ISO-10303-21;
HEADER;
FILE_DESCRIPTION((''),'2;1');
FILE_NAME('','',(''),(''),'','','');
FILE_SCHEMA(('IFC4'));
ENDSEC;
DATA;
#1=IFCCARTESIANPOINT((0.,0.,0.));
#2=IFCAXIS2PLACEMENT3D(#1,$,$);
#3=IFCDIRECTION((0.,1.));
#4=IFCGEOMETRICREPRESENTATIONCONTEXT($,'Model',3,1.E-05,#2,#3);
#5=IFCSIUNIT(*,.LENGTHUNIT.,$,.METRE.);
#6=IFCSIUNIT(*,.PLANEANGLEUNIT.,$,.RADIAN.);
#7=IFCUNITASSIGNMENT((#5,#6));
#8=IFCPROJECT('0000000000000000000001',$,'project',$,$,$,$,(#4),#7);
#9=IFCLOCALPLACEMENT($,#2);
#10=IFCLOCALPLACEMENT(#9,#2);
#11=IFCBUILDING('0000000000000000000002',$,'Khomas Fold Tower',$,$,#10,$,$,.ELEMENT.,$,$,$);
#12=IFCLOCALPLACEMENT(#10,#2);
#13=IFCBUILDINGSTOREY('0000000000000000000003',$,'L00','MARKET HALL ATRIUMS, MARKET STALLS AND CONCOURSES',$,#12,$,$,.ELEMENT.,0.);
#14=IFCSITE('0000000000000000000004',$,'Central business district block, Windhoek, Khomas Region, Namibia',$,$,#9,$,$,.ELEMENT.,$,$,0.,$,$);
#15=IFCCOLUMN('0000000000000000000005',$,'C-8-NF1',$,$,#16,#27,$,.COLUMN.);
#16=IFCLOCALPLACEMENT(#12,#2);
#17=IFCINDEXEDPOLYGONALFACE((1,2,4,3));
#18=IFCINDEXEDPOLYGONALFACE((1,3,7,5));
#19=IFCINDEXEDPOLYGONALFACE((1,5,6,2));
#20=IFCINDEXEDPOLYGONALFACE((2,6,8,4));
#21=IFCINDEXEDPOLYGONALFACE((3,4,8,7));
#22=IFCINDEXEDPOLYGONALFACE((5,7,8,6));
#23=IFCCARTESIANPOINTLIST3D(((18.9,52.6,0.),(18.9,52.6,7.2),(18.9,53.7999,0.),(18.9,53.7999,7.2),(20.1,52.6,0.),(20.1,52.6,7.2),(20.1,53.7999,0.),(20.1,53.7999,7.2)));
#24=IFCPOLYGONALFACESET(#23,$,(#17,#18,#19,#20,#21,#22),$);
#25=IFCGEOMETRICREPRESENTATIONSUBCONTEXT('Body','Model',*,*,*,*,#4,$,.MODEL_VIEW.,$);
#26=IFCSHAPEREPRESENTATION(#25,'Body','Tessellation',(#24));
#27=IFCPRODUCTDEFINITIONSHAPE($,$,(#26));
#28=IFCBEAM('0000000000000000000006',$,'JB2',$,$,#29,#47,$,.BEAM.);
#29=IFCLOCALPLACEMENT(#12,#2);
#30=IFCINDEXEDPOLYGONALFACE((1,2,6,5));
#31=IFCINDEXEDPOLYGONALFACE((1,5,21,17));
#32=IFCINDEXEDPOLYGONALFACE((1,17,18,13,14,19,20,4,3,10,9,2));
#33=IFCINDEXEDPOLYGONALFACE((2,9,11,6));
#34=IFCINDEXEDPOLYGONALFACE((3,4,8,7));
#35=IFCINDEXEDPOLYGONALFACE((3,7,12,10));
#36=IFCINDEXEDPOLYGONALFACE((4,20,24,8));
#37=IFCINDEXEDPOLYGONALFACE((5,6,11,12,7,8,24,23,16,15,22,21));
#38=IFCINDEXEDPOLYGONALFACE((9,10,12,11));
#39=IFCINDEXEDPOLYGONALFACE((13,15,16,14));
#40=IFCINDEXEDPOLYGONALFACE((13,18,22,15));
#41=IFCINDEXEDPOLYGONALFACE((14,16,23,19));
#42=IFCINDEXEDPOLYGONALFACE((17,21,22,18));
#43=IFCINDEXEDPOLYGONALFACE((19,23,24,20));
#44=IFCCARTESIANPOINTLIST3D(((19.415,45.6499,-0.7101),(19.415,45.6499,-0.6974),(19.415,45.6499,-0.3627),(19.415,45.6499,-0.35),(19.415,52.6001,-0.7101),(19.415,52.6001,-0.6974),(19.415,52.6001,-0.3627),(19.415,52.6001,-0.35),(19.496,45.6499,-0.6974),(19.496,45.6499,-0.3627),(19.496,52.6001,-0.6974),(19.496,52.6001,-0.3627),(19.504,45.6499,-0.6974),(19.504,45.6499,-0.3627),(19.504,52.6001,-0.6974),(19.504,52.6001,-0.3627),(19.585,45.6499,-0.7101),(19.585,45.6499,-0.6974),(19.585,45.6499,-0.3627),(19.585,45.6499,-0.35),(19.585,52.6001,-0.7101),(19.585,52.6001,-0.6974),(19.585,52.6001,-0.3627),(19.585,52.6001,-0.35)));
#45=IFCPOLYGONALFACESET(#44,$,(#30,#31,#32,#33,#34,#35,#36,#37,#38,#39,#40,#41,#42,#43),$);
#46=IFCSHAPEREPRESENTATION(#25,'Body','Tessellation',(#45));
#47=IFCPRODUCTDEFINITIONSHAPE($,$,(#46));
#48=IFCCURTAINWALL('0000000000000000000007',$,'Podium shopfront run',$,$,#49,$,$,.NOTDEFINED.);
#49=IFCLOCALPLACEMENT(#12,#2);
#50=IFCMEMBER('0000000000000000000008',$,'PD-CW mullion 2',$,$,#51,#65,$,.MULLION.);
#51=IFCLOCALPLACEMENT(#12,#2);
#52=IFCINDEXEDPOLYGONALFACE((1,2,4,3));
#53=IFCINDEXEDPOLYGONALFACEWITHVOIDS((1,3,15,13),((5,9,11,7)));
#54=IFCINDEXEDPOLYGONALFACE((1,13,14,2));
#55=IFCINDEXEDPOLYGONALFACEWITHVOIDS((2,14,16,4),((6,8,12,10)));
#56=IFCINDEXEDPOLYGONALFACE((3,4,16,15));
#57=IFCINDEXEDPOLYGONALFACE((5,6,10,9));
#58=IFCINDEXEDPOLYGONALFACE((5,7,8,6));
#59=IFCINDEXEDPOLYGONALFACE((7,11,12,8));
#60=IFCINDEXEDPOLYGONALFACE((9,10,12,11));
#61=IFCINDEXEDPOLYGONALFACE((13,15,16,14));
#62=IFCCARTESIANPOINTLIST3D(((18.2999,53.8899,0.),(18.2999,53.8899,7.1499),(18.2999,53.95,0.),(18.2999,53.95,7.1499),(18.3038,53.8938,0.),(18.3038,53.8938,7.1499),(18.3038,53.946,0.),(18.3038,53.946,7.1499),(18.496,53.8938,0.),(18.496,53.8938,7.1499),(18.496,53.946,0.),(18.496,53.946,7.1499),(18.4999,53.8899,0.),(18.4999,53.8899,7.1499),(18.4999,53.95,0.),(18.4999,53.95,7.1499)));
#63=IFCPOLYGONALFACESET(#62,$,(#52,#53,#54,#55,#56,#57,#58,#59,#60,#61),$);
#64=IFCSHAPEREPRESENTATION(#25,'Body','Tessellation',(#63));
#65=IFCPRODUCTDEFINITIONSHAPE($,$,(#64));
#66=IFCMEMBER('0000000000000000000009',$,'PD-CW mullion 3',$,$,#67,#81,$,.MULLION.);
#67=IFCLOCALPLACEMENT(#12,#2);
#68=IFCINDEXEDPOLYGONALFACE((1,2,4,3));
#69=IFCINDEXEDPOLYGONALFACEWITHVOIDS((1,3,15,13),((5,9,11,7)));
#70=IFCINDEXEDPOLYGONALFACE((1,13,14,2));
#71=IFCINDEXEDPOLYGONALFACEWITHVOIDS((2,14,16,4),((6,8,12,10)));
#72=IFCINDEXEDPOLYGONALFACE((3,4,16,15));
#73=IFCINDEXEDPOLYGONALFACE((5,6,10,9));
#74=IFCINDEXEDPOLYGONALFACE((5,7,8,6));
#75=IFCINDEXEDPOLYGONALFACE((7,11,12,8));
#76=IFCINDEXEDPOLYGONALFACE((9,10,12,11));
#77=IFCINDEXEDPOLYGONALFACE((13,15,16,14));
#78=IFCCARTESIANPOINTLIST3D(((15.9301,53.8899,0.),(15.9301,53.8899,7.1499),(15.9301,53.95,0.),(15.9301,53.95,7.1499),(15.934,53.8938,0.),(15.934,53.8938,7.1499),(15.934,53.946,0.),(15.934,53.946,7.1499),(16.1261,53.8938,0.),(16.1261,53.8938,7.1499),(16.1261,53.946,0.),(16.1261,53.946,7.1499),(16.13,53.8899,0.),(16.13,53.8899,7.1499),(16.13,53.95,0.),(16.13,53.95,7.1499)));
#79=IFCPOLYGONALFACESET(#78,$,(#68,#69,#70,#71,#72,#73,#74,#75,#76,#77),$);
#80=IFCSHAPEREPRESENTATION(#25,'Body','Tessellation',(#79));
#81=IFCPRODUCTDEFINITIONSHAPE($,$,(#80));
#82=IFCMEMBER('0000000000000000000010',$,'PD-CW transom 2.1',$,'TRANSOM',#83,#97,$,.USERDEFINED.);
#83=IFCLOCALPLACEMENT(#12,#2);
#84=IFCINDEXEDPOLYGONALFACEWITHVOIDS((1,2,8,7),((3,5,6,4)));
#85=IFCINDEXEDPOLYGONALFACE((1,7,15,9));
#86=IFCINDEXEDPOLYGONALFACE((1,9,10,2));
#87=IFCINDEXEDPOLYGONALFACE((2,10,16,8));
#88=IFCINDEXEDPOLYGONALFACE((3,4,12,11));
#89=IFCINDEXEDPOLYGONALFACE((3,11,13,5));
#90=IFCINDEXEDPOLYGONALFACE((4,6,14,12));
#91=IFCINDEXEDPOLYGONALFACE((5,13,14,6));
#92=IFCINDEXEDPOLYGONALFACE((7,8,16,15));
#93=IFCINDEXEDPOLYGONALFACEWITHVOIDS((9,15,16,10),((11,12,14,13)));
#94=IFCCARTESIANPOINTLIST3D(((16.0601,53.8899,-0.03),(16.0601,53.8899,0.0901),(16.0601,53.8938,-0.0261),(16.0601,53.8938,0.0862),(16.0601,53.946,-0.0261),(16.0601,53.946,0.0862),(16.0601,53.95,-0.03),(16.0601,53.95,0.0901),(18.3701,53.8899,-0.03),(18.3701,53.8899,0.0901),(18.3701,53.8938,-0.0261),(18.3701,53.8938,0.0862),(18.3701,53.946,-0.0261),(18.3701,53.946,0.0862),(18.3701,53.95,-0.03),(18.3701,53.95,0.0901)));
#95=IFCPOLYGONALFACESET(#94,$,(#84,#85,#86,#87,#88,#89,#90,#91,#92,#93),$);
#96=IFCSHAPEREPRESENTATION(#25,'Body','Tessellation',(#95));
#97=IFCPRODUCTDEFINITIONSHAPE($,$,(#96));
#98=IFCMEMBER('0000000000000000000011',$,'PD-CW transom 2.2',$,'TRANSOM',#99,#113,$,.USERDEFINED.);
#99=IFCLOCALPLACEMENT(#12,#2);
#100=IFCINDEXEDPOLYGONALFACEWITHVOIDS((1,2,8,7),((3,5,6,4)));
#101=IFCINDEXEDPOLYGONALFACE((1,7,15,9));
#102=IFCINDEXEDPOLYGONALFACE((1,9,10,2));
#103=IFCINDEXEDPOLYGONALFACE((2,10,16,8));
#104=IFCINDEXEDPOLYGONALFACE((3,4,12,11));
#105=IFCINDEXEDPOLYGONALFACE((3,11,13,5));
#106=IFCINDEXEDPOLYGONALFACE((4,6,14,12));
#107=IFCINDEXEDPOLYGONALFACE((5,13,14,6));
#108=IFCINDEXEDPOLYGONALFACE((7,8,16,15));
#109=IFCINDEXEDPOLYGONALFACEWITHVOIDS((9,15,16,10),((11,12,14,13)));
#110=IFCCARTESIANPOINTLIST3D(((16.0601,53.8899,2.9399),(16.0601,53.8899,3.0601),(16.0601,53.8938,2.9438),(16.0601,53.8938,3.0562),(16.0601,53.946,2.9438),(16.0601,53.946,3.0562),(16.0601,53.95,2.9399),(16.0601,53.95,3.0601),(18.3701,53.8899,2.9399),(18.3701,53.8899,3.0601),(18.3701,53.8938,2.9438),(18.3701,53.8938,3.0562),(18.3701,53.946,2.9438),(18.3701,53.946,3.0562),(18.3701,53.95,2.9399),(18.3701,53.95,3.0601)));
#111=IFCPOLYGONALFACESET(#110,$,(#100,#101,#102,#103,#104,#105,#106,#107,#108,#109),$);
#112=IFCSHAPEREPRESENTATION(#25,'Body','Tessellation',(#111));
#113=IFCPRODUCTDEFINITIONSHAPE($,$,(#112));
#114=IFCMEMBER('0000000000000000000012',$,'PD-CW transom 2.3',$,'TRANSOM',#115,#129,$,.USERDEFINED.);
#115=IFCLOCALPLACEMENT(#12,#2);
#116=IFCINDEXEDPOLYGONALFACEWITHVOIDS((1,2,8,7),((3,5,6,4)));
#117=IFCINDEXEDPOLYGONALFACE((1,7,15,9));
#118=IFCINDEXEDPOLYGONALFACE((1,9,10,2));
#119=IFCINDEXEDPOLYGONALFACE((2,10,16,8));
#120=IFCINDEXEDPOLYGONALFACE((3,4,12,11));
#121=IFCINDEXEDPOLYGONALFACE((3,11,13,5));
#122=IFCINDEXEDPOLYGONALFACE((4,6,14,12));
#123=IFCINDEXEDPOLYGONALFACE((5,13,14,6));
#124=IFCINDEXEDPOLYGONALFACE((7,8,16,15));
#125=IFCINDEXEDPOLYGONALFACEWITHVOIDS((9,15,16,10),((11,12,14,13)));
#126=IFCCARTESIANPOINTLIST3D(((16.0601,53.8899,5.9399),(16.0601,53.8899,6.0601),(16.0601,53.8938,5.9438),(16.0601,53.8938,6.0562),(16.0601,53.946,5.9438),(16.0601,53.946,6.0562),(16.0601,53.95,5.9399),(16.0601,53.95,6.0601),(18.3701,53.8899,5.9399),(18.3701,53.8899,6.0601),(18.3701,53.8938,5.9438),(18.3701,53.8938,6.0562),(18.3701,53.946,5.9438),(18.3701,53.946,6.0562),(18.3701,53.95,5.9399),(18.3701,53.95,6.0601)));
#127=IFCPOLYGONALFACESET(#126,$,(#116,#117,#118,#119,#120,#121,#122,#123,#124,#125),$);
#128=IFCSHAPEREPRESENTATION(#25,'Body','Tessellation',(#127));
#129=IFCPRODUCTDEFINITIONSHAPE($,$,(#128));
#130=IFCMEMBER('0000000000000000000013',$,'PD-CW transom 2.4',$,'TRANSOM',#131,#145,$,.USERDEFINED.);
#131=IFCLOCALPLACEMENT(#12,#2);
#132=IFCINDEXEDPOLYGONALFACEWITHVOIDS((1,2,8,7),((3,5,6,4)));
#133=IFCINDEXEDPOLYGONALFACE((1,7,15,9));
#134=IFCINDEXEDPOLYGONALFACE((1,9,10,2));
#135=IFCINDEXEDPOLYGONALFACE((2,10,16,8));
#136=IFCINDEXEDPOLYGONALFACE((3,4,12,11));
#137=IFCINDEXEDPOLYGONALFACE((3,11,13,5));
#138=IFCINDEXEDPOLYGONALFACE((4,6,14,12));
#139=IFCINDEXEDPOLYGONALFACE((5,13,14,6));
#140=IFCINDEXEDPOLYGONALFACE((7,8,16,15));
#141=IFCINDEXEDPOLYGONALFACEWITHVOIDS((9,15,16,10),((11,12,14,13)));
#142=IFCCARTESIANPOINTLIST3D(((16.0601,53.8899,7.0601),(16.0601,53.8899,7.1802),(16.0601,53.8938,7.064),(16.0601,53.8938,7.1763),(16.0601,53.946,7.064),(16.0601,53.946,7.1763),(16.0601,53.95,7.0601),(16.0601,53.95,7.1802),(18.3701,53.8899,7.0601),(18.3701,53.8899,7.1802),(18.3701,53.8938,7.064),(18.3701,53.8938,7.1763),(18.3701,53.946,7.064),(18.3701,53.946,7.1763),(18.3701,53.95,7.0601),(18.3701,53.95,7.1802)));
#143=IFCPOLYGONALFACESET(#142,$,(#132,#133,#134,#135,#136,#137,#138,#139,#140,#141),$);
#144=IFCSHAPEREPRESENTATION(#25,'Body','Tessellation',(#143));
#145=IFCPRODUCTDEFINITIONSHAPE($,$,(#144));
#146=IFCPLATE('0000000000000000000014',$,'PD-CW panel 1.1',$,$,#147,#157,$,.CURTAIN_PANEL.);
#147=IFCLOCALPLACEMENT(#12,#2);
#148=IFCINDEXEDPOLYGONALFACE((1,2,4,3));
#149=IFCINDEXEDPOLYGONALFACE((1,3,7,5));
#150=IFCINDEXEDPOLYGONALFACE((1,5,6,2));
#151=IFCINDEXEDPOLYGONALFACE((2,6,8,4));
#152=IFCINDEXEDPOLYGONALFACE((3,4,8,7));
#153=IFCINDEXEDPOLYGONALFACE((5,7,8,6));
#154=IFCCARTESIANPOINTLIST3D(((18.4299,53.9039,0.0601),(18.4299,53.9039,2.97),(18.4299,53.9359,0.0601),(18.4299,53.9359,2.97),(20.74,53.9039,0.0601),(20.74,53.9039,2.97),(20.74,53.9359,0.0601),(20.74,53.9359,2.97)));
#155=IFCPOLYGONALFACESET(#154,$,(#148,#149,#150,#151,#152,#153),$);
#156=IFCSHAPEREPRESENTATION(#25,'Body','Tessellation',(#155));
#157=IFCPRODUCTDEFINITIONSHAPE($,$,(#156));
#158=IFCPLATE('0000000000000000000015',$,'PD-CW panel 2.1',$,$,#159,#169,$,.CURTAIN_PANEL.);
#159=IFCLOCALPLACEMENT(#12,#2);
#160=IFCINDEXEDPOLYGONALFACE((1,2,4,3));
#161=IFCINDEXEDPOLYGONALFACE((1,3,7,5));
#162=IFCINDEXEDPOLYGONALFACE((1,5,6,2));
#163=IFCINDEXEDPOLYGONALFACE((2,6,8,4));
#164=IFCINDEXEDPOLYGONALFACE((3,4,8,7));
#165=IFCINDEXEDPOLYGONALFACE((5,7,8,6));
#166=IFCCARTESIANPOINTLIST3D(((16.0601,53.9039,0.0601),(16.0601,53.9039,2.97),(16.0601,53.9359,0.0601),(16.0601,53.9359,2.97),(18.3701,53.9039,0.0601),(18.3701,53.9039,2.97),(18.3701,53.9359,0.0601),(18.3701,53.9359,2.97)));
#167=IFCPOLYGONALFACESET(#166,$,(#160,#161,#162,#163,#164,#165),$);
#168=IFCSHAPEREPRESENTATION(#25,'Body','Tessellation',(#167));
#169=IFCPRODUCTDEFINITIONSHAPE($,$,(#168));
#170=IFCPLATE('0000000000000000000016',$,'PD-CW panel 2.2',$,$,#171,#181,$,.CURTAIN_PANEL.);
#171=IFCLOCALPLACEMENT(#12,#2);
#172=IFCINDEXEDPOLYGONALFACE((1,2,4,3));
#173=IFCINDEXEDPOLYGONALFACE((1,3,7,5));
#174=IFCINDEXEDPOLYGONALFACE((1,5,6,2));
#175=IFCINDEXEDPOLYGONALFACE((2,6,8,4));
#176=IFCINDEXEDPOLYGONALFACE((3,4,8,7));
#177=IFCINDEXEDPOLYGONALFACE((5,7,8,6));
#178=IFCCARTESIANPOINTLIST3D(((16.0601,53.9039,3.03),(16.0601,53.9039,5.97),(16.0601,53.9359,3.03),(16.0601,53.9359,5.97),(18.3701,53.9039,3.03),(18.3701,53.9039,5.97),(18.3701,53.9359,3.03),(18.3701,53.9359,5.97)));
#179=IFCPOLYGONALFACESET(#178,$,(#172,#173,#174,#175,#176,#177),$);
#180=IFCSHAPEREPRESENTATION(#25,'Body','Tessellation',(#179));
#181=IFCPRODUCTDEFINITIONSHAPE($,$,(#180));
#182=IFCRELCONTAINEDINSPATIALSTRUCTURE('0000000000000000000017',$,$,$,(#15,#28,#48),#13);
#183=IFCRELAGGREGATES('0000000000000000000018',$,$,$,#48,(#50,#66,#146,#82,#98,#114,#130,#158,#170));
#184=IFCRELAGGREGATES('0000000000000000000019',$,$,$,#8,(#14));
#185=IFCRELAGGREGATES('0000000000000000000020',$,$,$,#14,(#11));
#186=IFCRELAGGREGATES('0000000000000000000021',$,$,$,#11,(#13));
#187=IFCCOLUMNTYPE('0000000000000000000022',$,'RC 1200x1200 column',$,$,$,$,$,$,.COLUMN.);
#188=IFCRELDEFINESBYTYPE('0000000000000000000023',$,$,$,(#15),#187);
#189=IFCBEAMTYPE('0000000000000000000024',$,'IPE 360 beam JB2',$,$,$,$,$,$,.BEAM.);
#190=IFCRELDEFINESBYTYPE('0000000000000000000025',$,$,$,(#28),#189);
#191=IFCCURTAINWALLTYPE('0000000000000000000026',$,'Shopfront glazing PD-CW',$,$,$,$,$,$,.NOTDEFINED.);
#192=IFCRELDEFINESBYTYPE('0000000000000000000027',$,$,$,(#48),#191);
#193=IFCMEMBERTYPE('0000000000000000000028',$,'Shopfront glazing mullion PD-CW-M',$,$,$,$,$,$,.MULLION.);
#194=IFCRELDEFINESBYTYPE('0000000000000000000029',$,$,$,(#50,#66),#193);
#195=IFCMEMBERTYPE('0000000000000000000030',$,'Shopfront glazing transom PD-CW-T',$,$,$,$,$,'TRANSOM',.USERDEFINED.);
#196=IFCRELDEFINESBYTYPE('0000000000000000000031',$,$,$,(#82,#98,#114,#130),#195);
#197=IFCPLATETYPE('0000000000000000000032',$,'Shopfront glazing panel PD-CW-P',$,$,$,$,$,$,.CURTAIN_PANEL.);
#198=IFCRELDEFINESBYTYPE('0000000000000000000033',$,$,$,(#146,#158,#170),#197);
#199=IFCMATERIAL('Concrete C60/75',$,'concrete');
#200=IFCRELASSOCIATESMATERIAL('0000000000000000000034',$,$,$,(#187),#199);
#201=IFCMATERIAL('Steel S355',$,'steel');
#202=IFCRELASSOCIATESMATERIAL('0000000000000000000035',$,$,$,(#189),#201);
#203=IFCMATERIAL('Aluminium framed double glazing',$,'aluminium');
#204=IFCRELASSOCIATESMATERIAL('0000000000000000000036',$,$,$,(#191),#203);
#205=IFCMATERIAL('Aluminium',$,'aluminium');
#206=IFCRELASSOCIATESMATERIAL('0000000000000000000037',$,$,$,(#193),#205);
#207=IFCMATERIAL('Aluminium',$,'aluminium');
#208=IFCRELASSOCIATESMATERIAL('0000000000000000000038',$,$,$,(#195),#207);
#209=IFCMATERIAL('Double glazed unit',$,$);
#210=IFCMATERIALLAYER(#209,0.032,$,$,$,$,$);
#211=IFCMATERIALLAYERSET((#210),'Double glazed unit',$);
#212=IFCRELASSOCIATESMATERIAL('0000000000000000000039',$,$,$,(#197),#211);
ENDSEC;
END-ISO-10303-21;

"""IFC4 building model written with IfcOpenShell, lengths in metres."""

from ifc_helpers import new_model, si_unit, direction, frame, origin, origin_2d, place, context, subcontext, project, spatial, rectangle, hollow_rectangle, i_section, extrude, source, transform, mapped, material, layer, layer_set, material_profile, profile_set, type_object, element, aggregate, save


model = new_model("IFC4")

# Units and contexts
model_context = context("Model", 3, precision=1e-05, world=origin(), true_north=direction((0.0, 1.0)))
body_context = subcontext(model_context, "Body", "Model", "MODEL_VIEW")
ifc_project = project(units=[si_unit("LENGTHUNIT", "METRE"), si_unit("PLANEANGLEUNIT", "RADIAN")], contexts=[model_context])

# Site, building, storey
site_placement = place(None, origin())
site = spatial("IfcSite", under=ifc_project, at=site_placement, Name="Central business district block, Windhoek, Khomas Region, Namibia", CompositionType="ELEMENT", RefElevation=0.0)
building_placement = place(site_placement, origin())
building = spatial("IfcBuilding", under=site, at=building_placement, Name="Khomas Fold Tower", CompositionType="ELEMENT")
storey_placement = place(building_placement, origin())
storey = spatial("IfcBuildingStorey", under=building, at=storey_placement, Name="L00", Description="MARKET HALL ATRIUMS, MARKET STALLS AND CONCOURSES", CompositionType="ELEMENT", Elevation=0.0)

# Column
ifc_material_1 = material(Name="Concrete C60/75", Category="concrete")
ifc_material_profile_1 = material_profile(ifc_material_1, rectangle(XDim=1.2, YDim=1.2, at=origin_2d()), Name="RC 1200x1200")
ifc_profile_set_1 = profile_set([ifc_material_profile_1], Name="Concrete C60/75")
column_type = type_object("IfcColumnType", Name="RC 1200x1200 column", PredefinedType="COLUMN", material=ifc_profile_set_1)
shared_shape_1 = source(origin(), body_context, "Body", "SweptSolid", [
    extrude(rectangle(XDim=1.2, YDim=1.2, at=origin_2d()), origin(), (0.0, 0.0, 1.0), 7.2),
])
column_placement = place(storey_placement, frame((19.5, 53.2, 0.0), z_axis=(0.0, 0.0, 1.0), x_axis=(1.0, 0.0, 0.0)))
element("IfcColumn", 1, at=column_placement, inside=storey, type_object=column_type, Name="C-8-NF1", PredefinedType="COLUMN", context=body_context, shape_type="MappedRepresentation", body=[
    mapped(shared_shape_1, transform((0.0, 0.0, 0.0))),
])

# Beam
ifc_material_2 = material(Name="Steel S355", Category="steel")
ifc_material_profile_2 = material_profile(ifc_material_2, i_section(OverallWidth=0.1699, OverallDepth=0.3601, WebThickness=0.0081, FlangeThickness=0.0127, at=origin_2d()), Name="IPE 360")
ifc_profile_set_2 = profile_set([ifc_material_profile_2], Name="Steel S355")
beam_type = type_object("IfcBeamType", Name="IPE 360 beam JB2", PredefinedType="BEAM", material=ifc_profile_set_2)
shared_shape_2 = source(origin(), body_context, "Body", "SweptSolid", [
    extrude(i_section(OverallWidth=0.1699, OverallDepth=0.3601, WebThickness=0.0081, FlangeThickness=0.0127, at=origin_2d()), origin(), (0.0, 0.0, 1.0), 6.9502),
])
beam_placement = place(storey_placement, frame((19.5, 45.6499, -0.53), z_axis=(0.0, 1.0, 0.0), x_axis=(-1.0, 0.0, 0.0)))
element("IfcBeam", 2, at=beam_placement, inside=storey, type_object=beam_type, Name="JB2", PredefinedType="BEAM", context=body_context, shape_type="MappedRepresentation", body=[
    mapped(shared_shape_2, transform((0.0, 0.0, 0.0))),
])

# Curtain wall, members, plates
ifc_material_3 = material(Name="Aluminium framed double glazing", Category="aluminium")
curtain_wall_type = type_object("IfcCurtainWallType", Name="Shopfront glazing PD-CW", PredefinedType="NOTDEFINED", material=ifc_material_3)
curtain_wall_placement = place(storey_placement, origin())
curtain_wall = element("IfcCurtainWall", 3, at=curtain_wall_placement, inside=storey, type_object=curtain_wall_type, Name="Podium shopfront run", PredefinedType="NOTDEFINED")
ifc_material_4 = material(Name="Aluminium", Category="aluminium")
ifc_material_profile_3 = material_profile(ifc_material_4, hollow_rectangle(XDim=0.0601, YDim=0.2, WallThickness=0.0039, at=origin_2d()), Name="Shopfront glazing mullion PD-CW-M")
ifc_profile_set_3 = profile_set([ifc_material_profile_3], Name="Aluminium")
member_type_1 = type_object("IfcMemberType", Name="Shopfront glazing mullion PD-CW-M", PredefinedType="MULLION", material=ifc_profile_set_3)
shared_shape_3 = source(origin(), body_context, "Body", "SweptSolid", [
    extrude(hollow_rectangle(XDim=0.0601, YDim=0.2, WallThickness=0.0039, at=origin_2d()), origin(), (0.0, 0.0, 1.0), 7.1499),
])
member_1_placement = place(storey_placement, frame((18.3999, 53.9199, 0.0), z_axis=(0.0, 0.0, 1.0), x_axis=(0.0, -1.0, 0.0)))
member_1 = element("IfcMember", 4, at=member_1_placement, type_object=member_type_1, Name="PD-CW mullion 2", PredefinedType="MULLION", context=body_context, shape_type="MappedRepresentation", body=[
    mapped(shared_shape_3, transform((0.0, 0.0, 0.0))),
])
member_2_placement = place(storey_placement, frame((16.03, 53.9199, 0.0), z_axis=(0.0, 0.0, 1.0), x_axis=(0.0, -1.0, 0.0)))
member_2 = element("IfcMember", 5, at=member_2_placement, type_object=member_type_1, Name="PD-CW mullion 3", PredefinedType="MULLION", context=body_context, shape_type="MappedRepresentation", body=[
    mapped(shared_shape_3, transform((0.0, 0.0, 0.0))),
])
ifc_material_5 = material(Name="Aluminium", Category="aluminium")
ifc_material_profile_4 = material_profile(ifc_material_5, hollow_rectangle(XDim=0.0601, YDim=0.1201, WallThickness=0.0039, at=origin_2d()), Name="Shopfront glazing transom PD-CW-T")
ifc_profile_set_4 = profile_set([ifc_material_profile_4], Name="Aluminium")
member_type_2 = type_object("IfcMemberType", Name="Shopfront glazing transom PD-CW-T", ElementType="TRANSOM", PredefinedType="USERDEFINED", material=ifc_profile_set_4)
shared_shape_4 = source(origin(), body_context, "Body", "SweptSolid", [
    extrude(hollow_rectangle(XDim=0.0601, YDim=0.1201, WallThickness=0.0039, at=origin_2d()), origin(), (0.0, 0.0, 1.0), 2.3101),
])
member_3_placement = place(storey_placement, frame((18.3701, 53.9199, 0.03), z_axis=(-1.0, 0.0, 0.0), x_axis=(0.0, -1.0, 0.0)))
member_3 = element("IfcMember", 6, at=member_3_placement, type_object=member_type_2, Name="PD-CW transom 2.1", ObjectType="TRANSOM", PredefinedType="USERDEFINED", context=body_context, shape_type="MappedRepresentation", body=[
    mapped(shared_shape_4, transform((0.0, 0.0, 0.0))),
])
member_4_placement = place(storey_placement, frame((18.3701, 53.9199, 3.0), z_axis=(-1.0, 0.0, 0.0), x_axis=(0.0, -1.0, 0.0)))
member_4 = element("IfcMember", 7, at=member_4_placement, type_object=member_type_2, Name="PD-CW transom 2.2", ObjectType="TRANSOM", PredefinedType="USERDEFINED", context=body_context, shape_type="MappedRepresentation", body=[
    mapped(shared_shape_4, transform((0.0, 0.0, 0.0))),
])
member_5_placement = place(storey_placement, frame((18.3701, 53.9199, 6.0), z_axis=(-1.0, 0.0, 0.0), x_axis=(0.0, -1.0, 0.0)))
member_5 = element("IfcMember", 8, at=member_5_placement, type_object=member_type_2, Name="PD-CW transom 2.3", ObjectType="TRANSOM", PredefinedType="USERDEFINED", context=body_context, shape_type="MappedRepresentation", body=[
    mapped(shared_shape_4, transform((0.0, 0.0, 0.0))),
])
member_6_placement = place(storey_placement, frame((18.3701, 53.9199, 7.1201), z_axis=(-1.0, 0.0, 0.0), x_axis=(0.0, -1.0, 0.0)))
member_6 = element("IfcMember", 9, at=member_6_placement, type_object=member_type_2, Name="PD-CW transom 2.4", ObjectType="TRANSOM", PredefinedType="USERDEFINED", context=body_context, shape_type="MappedRepresentation", body=[
    mapped(shared_shape_4, transform((0.0, 0.0, 0.0))),
])
ifc_material_6 = material(Name="Double glazed unit")
ifc_layer_1 = layer(ifc_material_6, 0.032)
ifc_layer_set_1 = layer_set([ifc_layer_1], Name="Double glazed unit")
plate_type = type_object("IfcPlateType", Name="Shopfront glazing panel PD-CW-P", PredefinedType="CURTAIN_PANEL", material=ifc_layer_set_1)
shared_shape_5 = source(origin(), body_context, "Body", "SweptSolid", [
    extrude(rectangle(XDim=2.3101, YDim=0.032, at=origin_2d()), origin(), (0.0, 0.0, 1.0), 2.9099),
])
plate_1_placement = place(storey_placement, frame((19.585, 53.9199, 0.0601), z_axis=(0.0, 0.0, 1.0), x_axis=(-1.0, 0.0, 0.0)))
plate_1 = element("IfcPlate", 10, at=plate_1_placement, type_object=plate_type, Name="PD-CW panel 1.1", PredefinedType="CURTAIN_PANEL", context=body_context, shape_type="MappedRepresentation", body=[
    mapped(shared_shape_5, transform((0.0, 0.0, 0.0))),
])
plate_2_placement = place(storey_placement, frame((17.2151, 53.9199, 0.0601), z_axis=(0.0, 0.0, 1.0), x_axis=(-1.0, 0.0, 0.0)))
plate_2 = element("IfcPlate", 11, at=plate_2_placement, type_object=plate_type, Name="PD-CW panel 2.1", PredefinedType="CURTAIN_PANEL", context=body_context, shape_type="MappedRepresentation", body=[
    mapped(shared_shape_5, transform((0.0, 0.0, 0.0))),
])
shared_shape_6 = source(origin(), body_context, "Body", "SweptSolid", [
    extrude(rectangle(XDim=2.3101, YDim=0.032, at=origin_2d()), origin(), (0.0, 0.0, 1.0), 2.9399),
])
plate_3_placement = place(storey_placement, frame((17.2151, 53.9199, 3.03), z_axis=(0.0, 0.0, 1.0), x_axis=(-1.0, 0.0, 0.0)))
plate_3 = element("IfcPlate", 12, at=plate_3_placement, type_object=plate_type, Name="PD-CW panel 2.2", PredefinedType="CURTAIN_PANEL", context=body_context, shape_type="MappedRepresentation", body=[
    mapped(shared_shape_6, transform((0.0, 0.0, 0.0))),
])
aggregate(curtain_wall, [member_1, member_2, plate_1, member_3, member_4, member_5, member_6, plate_2, plate_3])

save(model, "model.ifc")
